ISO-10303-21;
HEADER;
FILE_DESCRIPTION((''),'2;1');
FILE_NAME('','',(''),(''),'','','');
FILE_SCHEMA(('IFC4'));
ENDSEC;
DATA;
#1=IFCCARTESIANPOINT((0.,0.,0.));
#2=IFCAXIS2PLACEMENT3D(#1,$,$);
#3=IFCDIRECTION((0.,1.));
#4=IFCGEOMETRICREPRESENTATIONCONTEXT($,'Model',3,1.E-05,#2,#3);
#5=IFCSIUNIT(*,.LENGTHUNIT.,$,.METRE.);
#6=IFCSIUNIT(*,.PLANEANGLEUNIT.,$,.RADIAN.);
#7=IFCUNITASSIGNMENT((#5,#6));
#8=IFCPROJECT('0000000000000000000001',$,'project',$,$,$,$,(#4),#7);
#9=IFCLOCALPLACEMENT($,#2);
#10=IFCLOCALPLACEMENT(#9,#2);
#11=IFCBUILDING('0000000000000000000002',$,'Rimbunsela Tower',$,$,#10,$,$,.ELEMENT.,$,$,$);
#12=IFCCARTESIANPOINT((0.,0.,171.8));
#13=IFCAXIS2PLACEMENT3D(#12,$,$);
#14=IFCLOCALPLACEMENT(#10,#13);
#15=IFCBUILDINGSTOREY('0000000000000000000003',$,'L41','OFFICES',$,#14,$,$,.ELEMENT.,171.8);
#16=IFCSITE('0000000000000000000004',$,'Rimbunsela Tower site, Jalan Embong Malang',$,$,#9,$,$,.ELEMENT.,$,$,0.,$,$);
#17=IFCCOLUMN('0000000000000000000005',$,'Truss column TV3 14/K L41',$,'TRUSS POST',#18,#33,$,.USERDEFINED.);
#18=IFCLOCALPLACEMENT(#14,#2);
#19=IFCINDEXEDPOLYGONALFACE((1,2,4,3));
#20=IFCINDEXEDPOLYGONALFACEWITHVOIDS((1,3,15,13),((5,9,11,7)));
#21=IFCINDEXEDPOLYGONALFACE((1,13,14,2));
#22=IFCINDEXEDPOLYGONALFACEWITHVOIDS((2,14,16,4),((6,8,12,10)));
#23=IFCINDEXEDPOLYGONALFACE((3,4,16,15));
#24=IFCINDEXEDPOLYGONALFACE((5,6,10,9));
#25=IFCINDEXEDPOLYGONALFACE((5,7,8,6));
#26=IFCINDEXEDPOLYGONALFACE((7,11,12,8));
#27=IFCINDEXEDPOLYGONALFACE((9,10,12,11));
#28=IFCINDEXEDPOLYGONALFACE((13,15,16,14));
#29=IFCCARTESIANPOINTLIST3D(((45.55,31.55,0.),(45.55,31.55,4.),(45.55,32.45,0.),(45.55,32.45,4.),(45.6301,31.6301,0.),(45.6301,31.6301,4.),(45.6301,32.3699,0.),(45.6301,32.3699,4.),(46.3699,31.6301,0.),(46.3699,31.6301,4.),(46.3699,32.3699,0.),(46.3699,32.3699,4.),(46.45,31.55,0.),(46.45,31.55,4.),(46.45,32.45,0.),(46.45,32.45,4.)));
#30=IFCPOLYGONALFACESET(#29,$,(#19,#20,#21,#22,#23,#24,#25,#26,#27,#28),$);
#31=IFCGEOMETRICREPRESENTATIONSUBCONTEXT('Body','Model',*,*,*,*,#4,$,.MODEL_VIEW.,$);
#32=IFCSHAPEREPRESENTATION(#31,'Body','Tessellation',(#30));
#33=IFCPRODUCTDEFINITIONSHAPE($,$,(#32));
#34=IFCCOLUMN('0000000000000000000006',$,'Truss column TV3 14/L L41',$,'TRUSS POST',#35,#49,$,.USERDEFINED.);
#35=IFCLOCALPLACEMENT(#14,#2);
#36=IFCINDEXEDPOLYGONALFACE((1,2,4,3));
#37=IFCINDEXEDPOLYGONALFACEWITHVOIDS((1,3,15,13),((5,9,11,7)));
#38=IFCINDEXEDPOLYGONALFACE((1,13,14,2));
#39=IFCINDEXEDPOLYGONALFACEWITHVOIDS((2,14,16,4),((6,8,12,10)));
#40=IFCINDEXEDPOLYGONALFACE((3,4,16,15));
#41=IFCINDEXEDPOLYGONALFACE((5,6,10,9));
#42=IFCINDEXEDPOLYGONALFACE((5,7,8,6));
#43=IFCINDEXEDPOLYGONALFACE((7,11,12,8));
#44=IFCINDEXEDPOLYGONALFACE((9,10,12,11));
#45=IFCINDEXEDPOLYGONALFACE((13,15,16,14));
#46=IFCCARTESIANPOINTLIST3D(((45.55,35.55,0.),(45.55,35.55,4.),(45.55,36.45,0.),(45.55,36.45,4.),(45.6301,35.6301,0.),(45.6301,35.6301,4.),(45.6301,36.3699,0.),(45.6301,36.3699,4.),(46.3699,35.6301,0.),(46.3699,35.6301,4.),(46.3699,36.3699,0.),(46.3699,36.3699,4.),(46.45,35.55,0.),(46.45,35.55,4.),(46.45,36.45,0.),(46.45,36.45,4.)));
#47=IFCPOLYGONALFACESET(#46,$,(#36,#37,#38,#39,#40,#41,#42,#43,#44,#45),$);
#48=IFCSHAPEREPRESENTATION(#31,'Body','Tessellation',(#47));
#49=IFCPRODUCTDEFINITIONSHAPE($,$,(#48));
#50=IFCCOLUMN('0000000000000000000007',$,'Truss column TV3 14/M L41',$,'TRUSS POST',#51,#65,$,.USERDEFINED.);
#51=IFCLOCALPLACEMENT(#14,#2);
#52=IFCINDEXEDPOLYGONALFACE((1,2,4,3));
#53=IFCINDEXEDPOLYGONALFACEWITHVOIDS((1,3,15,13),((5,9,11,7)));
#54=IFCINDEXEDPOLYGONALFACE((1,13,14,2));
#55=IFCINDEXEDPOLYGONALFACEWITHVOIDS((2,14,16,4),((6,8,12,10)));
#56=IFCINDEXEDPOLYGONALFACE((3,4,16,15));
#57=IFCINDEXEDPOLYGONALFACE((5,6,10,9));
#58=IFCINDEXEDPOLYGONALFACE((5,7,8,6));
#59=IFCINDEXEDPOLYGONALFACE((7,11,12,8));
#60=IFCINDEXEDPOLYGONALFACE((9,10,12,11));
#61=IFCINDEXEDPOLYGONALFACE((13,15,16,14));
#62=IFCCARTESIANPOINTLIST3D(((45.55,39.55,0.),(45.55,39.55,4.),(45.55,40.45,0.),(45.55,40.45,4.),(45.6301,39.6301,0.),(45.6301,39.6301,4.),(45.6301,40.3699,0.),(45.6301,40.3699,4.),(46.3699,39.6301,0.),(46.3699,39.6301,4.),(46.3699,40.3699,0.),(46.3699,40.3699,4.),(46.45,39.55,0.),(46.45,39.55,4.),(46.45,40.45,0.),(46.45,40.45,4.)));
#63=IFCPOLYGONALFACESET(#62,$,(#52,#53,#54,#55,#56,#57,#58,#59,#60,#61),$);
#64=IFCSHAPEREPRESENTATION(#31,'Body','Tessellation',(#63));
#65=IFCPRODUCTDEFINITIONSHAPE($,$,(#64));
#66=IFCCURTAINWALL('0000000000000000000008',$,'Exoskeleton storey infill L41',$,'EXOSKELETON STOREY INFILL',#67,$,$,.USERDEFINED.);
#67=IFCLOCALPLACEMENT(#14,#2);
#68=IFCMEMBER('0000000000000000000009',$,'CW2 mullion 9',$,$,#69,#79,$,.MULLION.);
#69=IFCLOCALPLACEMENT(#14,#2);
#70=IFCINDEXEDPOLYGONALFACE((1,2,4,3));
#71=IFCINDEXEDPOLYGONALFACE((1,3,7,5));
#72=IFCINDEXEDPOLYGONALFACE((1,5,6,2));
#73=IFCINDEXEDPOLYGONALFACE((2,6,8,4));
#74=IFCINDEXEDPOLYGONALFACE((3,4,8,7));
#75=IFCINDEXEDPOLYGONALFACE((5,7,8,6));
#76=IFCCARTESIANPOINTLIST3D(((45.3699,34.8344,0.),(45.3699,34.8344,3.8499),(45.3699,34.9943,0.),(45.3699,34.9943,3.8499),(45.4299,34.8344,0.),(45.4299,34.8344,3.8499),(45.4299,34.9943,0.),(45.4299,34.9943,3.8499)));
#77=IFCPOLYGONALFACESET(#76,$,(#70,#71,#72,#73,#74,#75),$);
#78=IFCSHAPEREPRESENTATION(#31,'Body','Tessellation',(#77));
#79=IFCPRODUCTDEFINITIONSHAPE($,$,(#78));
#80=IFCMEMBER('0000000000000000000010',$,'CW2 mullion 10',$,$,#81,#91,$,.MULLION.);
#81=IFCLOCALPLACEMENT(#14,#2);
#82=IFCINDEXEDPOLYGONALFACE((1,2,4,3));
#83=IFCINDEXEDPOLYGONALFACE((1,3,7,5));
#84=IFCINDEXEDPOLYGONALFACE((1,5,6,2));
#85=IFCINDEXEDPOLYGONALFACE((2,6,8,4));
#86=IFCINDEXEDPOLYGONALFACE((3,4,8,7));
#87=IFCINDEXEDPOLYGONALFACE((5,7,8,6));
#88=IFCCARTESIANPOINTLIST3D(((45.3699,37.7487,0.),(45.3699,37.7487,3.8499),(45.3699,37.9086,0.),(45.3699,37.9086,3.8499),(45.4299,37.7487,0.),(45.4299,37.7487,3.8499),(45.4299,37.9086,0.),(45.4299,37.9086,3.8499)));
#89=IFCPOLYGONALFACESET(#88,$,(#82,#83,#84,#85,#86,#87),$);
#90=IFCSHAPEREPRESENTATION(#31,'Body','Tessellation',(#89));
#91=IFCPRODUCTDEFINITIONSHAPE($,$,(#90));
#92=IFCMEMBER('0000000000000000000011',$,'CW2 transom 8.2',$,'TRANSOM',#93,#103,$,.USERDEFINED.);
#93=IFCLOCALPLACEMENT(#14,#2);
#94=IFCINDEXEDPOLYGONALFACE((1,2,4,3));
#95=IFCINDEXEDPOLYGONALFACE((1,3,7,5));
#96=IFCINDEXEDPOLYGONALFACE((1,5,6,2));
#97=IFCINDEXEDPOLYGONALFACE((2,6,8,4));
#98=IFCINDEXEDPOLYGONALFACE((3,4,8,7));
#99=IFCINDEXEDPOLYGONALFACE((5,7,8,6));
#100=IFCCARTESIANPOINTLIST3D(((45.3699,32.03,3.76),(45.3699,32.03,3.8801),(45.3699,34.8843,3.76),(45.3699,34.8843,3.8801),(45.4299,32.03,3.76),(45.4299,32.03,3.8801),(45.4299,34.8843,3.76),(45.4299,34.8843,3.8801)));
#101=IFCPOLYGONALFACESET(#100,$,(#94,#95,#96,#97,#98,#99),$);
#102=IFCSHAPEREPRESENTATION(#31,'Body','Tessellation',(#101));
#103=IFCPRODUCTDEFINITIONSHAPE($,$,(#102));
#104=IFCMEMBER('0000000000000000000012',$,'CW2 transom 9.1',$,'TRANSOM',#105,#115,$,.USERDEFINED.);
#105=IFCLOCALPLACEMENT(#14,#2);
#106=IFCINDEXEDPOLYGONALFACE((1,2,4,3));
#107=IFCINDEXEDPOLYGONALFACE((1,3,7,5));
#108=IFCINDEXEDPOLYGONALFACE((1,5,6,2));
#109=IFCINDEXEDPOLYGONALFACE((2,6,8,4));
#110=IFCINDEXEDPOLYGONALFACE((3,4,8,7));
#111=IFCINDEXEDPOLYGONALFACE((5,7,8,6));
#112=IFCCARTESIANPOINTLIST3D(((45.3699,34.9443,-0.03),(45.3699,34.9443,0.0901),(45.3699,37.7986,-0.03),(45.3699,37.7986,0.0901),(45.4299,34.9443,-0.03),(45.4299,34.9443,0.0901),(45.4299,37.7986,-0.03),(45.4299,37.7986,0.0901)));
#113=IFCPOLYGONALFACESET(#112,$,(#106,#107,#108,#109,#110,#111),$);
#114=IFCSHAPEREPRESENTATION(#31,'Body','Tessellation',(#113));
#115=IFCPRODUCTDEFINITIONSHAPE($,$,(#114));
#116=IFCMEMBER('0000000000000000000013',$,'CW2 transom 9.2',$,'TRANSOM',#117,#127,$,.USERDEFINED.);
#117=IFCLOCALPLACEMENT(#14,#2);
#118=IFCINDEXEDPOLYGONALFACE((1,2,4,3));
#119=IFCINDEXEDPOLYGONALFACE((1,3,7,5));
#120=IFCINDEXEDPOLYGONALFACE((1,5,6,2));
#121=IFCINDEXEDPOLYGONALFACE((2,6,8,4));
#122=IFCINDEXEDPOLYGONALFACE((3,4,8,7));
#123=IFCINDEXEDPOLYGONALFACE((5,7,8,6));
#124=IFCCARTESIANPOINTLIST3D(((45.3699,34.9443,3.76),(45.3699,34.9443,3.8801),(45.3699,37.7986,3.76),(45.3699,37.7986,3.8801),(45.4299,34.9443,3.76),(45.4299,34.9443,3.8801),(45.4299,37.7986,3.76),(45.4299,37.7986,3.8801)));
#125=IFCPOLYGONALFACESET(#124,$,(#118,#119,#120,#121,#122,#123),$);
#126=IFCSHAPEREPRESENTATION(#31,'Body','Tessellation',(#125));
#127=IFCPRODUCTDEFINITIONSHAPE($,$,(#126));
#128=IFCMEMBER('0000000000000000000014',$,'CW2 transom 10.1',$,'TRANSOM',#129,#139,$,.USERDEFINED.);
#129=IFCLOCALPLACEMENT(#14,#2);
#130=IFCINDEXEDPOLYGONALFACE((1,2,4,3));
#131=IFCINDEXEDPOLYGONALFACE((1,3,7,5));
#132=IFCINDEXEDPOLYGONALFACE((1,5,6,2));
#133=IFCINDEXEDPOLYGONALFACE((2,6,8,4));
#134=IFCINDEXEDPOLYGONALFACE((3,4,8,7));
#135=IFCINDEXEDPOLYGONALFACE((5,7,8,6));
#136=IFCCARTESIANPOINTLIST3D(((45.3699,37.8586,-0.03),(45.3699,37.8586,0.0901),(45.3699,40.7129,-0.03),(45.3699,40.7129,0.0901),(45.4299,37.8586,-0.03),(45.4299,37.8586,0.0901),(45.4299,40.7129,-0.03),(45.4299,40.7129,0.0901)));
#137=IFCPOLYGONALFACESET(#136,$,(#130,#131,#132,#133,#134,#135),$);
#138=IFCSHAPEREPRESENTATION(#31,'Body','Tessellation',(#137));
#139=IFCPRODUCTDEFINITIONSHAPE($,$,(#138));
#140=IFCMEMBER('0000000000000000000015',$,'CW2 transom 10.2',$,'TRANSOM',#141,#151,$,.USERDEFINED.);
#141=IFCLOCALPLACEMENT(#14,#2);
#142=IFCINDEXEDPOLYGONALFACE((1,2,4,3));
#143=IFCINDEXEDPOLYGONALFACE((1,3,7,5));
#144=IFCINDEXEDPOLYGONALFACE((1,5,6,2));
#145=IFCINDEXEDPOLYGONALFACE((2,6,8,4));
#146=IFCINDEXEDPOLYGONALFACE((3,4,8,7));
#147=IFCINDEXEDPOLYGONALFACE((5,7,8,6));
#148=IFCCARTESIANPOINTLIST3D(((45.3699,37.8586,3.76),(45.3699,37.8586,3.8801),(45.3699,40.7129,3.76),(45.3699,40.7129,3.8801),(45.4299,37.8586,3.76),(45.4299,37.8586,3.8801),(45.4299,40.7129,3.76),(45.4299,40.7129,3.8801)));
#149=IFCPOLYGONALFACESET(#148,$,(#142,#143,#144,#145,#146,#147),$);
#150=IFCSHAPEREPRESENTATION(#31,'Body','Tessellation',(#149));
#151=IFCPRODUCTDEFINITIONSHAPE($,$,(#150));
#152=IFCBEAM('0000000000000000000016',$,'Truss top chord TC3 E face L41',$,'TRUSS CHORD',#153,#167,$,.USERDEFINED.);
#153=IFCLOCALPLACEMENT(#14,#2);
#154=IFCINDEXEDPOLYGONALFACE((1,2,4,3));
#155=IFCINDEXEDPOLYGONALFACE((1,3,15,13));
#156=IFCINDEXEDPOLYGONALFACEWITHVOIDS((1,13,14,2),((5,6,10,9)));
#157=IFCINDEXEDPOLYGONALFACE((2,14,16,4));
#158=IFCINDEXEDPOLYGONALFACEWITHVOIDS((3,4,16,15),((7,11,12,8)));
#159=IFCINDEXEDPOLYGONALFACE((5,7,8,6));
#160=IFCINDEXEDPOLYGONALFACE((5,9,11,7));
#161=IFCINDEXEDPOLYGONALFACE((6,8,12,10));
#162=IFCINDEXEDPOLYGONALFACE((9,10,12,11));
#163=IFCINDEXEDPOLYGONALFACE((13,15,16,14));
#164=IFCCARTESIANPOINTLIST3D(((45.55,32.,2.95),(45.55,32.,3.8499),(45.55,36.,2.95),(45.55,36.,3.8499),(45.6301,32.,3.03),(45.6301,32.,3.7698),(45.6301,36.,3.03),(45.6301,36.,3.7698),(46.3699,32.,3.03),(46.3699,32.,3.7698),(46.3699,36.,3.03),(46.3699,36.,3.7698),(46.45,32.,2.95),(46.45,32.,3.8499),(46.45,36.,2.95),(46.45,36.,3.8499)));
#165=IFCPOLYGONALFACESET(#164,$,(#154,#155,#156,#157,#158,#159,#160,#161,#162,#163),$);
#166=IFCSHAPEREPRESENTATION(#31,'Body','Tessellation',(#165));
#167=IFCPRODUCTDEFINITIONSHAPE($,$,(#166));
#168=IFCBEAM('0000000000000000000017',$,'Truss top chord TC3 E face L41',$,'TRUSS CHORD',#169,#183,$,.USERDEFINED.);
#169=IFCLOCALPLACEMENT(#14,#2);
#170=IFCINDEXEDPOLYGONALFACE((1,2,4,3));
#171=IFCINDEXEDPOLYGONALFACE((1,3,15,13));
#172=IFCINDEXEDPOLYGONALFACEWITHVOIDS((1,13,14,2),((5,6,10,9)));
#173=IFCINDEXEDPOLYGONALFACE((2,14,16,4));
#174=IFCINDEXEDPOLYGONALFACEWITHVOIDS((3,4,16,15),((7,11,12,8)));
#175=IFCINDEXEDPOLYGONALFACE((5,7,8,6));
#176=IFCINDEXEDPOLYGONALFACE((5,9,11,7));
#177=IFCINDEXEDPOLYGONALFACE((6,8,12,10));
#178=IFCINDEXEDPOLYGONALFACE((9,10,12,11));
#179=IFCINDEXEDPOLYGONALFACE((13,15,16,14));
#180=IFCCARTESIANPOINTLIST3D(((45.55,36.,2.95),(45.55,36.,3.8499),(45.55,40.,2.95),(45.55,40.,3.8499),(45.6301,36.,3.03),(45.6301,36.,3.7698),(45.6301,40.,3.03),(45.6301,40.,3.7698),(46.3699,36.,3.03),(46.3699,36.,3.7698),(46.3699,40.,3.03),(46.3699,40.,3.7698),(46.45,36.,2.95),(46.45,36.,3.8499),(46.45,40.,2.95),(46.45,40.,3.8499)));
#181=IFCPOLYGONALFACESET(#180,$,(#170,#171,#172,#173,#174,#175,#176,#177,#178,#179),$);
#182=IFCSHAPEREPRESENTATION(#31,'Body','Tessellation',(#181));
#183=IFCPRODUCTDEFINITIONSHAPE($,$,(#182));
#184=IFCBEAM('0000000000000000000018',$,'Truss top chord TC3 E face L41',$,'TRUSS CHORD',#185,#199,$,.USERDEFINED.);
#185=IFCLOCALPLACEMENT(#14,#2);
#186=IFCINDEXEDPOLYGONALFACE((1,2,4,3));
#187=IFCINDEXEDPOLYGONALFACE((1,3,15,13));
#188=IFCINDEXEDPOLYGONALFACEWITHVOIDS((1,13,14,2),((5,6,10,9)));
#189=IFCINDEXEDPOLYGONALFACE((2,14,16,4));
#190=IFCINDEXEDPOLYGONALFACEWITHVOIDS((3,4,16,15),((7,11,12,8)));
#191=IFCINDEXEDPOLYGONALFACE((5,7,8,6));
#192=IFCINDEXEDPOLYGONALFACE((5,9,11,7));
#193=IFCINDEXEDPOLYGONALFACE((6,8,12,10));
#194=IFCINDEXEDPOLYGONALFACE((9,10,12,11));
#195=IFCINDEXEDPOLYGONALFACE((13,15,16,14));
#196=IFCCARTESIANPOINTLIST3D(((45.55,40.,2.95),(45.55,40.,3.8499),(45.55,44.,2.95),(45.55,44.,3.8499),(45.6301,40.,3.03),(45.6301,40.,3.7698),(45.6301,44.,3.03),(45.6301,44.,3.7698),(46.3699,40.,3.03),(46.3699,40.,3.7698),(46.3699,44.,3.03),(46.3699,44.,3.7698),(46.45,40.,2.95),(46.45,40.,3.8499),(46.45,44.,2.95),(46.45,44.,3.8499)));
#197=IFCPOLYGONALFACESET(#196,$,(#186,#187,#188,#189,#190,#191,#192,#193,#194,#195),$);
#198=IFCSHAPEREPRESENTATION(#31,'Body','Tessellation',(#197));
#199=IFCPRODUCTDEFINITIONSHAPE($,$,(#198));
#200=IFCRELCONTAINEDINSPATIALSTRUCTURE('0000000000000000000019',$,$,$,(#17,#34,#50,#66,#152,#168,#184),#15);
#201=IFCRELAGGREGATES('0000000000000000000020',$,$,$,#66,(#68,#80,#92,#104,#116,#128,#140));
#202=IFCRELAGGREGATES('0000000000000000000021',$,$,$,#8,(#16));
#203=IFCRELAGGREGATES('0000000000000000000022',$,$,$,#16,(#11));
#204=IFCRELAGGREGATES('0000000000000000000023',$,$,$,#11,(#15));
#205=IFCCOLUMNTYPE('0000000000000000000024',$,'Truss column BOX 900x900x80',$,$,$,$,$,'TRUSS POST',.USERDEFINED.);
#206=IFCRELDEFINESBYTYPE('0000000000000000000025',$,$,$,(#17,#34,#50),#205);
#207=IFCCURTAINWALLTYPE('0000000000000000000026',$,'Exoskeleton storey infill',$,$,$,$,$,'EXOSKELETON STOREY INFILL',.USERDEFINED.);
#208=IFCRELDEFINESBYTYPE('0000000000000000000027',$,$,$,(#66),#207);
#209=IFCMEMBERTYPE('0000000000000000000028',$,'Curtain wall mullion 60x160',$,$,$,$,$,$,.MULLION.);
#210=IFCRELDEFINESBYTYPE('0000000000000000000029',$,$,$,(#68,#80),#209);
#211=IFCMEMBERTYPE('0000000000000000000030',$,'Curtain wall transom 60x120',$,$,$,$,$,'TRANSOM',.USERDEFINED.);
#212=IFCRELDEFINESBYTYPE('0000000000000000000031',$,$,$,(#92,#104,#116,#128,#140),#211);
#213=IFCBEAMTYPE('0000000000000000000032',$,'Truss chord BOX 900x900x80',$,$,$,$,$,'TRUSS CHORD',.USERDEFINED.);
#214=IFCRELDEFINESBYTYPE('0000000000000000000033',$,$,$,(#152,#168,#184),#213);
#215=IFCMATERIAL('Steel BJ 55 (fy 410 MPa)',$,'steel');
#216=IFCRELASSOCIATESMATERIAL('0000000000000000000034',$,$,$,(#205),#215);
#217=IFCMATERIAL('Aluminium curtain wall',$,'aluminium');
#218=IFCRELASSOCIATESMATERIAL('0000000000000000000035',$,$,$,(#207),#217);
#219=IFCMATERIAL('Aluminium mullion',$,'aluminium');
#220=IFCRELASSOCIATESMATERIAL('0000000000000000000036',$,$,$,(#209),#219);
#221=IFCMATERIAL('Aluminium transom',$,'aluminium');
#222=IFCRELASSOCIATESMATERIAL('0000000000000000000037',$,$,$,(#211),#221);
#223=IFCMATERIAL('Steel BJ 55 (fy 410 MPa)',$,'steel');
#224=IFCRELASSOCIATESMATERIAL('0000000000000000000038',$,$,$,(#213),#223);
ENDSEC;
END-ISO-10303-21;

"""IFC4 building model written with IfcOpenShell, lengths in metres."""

from ifc_helpers import new_model, si_unit, direction, frame, origin, origin_2d, place, context, subcontext, project, spatial, rectangle, hollow_rectangle, extrude, material, material_profile, profile_set, type_object, element, aggregate, save


model = new_model("IFC4")

# Units and contexts
model_context = context("Model", 3, precision=1e-05, world=origin(), true_north=direction((0.0, 1.0)))
body_context = subcontext(model_context, "Body", "Model", "MODEL_VIEW")
ifc_project = project(units=[si_unit("LENGTHUNIT", "METRE"), si_unit("PLANEANGLEUNIT", "RADIAN")], contexts=[model_context])

# Site, building, storey
site_placement = place(None, origin())
site = spatial("IfcSite", under=ifc_project, at=site_placement, Name="Rimbunsela Tower site, Jalan Embong Malang", CompositionType="ELEMENT", RefElevation=0.0)
building_placement = place(site_placement, origin())
building = spatial("IfcBuilding", under=site, at=building_placement, Name="Rimbunsela Tower", CompositionType="ELEMENT")
storey_placement = place(building_placement, frame((0.0, 0.0, 171.8)))
storey = spatial("IfcBuildingStorey", under=building, at=storey_placement, Name="L41", Description="OFFICES", CompositionType="ELEMENT", Elevation=171.8)

# Columns
ifc_material_1 = material(Name="Steel BJ 55 (fy 410 MPa)", Category="steel")
ifc_material_profile_1 = material_profile(ifc_material_1, hollow_rectangle(XDim=0.8999, YDim=0.8999, WallThickness=0.0801, at=origin_2d()), Name="BOX 900x900x80")
ifc_profile_set_1 = profile_set([ifc_material_profile_1], Name="Steel BJ 55 (fy 410 MPa)")
column_type = type_object("IfcColumnType", Name="Truss column BOX 900x900x80", ElementType="TRUSS POST", PredefinedType="USERDEFINED", material=ifc_profile_set_1)
for number, where, z_axis, x_axis, name in (
    (1, (46.0, 32.0, 0.0), (0.0, 0.0, 1.0), (1.0, 0.0, 0.0), "Truss column TV3 14/K L41"),
    (2, (46.0, 36.0, 0.0), (0.0, 0.0, 1.0), (1.0, 0.0, 0.0), "Truss column TV3 14/L L41"),
    (3, (46.0, 40.0, 0.0), (0.0, 0.0, 1.0), (1.0, 0.0, 0.0), "Truss column TV3 14/M L41"),
):
    element("IfcColumn", number, at=place(storey_placement, frame(where, z_axis=z_axis, x_axis=x_axis)), inside=storey, type_object=column_type, Name=name, ObjectType="TRUSS POST", PredefinedType="USERDEFINED", context=body_context, shape_type="SweptSolid", body=[
        extrude(hollow_rectangle(XDim=0.8999, YDim=0.8999, WallThickness=0.0801, at=origin_2d()), origin(), (0.0, 0.0, 1.0), 4.0),
    ])

# Curtain wall, members
ifc_material_2 = material(Name="Aluminium curtain wall", Category="aluminium")
curtain_wall_type = type_object("IfcCurtainWallType", Name="Exoskeleton storey infill", ElementType="EXOSKELETON STOREY INFILL", PredefinedType="USERDEFINED", material=ifc_material_2)
curtain_wall_placement = place(storey_placement, origin())
curtain_wall = element("IfcCurtainWall", 4, at=curtain_wall_placement, inside=storey, type_object=curtain_wall_type, Name="Exoskeleton storey infill L41", ObjectType="EXOSKELETON STOREY INFILL", PredefinedType="USERDEFINED")
ifc_material_3 = material(Name="Aluminium mullion", Category="aluminium")
ifc_material_profile_2 = material_profile(ifc_material_3, rectangle(XDim=0.0601, YDim=0.1599, at=origin_2d()), Name="Mullion 60x160")
ifc_profile_set_2 = profile_set([ifc_material_profile_2], Name="Aluminium mullion")
member_type_1 = type_object("IfcMemberType", Name="Curtain wall mullion 60x160", PredefinedType="MULLION", material=ifc_profile_set_2)
member_1_placement = place(storey_placement, frame((45.3999, 34.9143, 0.0), z_axis=(0.0, 0.0, 1.0), x_axis=(-1.0, 0.0, 0.0)))
member_1 = element("IfcMember", 5, at=member_1_placement, type_object=member_type_1, Name="CW2 mullion 9", PredefinedType="MULLION", context=body_context, shape_type="SweptSolid", body=[
    extrude(rectangle(XDim=0.0601, YDim=0.1599, at=origin_2d()), origin(), (0.0, 0.0, 1.0), 3.8499),
])
member_2_placement = place(storey_placement, frame((45.3999, 37.8286, 0.0), z_axis=(0.0, 0.0, 1.0), x_axis=(-1.0, 0.0, 0.0)))
member_2 = element("IfcMember", 6, at=member_2_placement, type_object=member_type_1, Name="CW2 mullion 10", PredefinedType="MULLION", context=body_context, shape_type="SweptSolid", body=[
    extrude(rectangle(XDim=0.0601, YDim=0.1599, at=origin_2d()), origin(), (0.0, 0.0, 1.0), 3.8499),
])
ifc_material_4 = material(Name="Aluminium transom", Category="aluminium")
ifc_material_profile_3 = material_profile(ifc_material_4, rectangle(XDim=0.0601, YDim=0.1201, at=origin_2d()), Name="Transom 60x120")
ifc_profile_set_3 = profile_set([ifc_material_profile_3], Name="Aluminium transom")
member_type_2 = type_object("IfcMemberType", Name="Curtain wall transom 60x120", ElementType="TRANSOM", PredefinedType="USERDEFINED", material=ifc_profile_set_3)
member_3_placement = place(storey_placement, frame((45.3999, 32.03, 3.8201), z_axis=(0.0, 1.0, 0.0), x_axis=(-1.0, 0.0, 0.0)))
member_3 = element("IfcMember", 7, at=member_3_placement, type_object=member_type_2, Name="CW2 transom 8.2", ObjectType="TRANSOM", PredefinedType="USERDEFINED", context=body_context, shape_type="SweptSolid", body=[
    extrude(rectangle(XDim=0.0601, YDim=0.1201, at=origin_2d()), origin(), (0.0, 0.0, 1.0), 2.8542),
])
member_4_placement = place(storey_placement, frame((45.3999, 34.9443, 0.03), z_axis=(0.0, 1.0, 0.0), x_axis=(-1.0, 0.0, 0.0)))
member_4 = element("IfcMember", 8, at=member_4_placement, type_object=member_type_2, Name="CW2 transom 9.1", ObjectType="TRANSOM", PredefinedType="USERDEFINED", context=body_context, shape_type="SweptSolid", body=[
    extrude(rectangle(XDim=0.0601, YDim=0.1201, at=origin_2d()), origin(), (0.0, 0.0, 1.0), 2.8542),
])
member_5_placement = place(storey_placement, frame((45.3999, 34.9443, 3.8201), z_axis=(0.0, 1.0, 0.0), x_axis=(-1.0, 0.0, 0.0)))
member_5 = element("IfcMember", 9, at=member_5_placement, type_object=member_type_2, Name="CW2 transom 9.2", ObjectType="TRANSOM", PredefinedType="USERDEFINED", context=body_context, shape_type="SweptSolid", body=[
    extrude(rectangle(XDim=0.0601, YDim=0.1201, at=origin_2d()), origin(), (0.0, 0.0, 1.0), 2.8542),
])
member_6_placement = place(storey_placement, frame((45.3999, 37.8586, 0.03), z_axis=(0.0, 1.0, 0.0), x_axis=(-1.0, 0.0, 0.0)))
member_6 = element("IfcMember", 10, at=member_6_placement, type_object=member_type_2, Name="CW2 transom 10.1", ObjectType="TRANSOM", PredefinedType="USERDEFINED", context=body_context, shape_type="SweptSolid", body=[
    extrude(rectangle(XDim=0.0601, YDim=0.1201, at=origin_2d()), origin(), (0.0, 0.0, 1.0), 2.8542),
])
member_7_placement = place(storey_placement, frame((45.3999, 37.8586, 3.8201), z_axis=(0.0, 1.0, 0.0), x_axis=(-1.0, 0.0, 0.0)))
member_7 = element("IfcMember", 11, at=member_7_placement, type_object=member_type_2, Name="CW2 transom 10.2", ObjectType="TRANSOM", PredefinedType="USERDEFINED", context=body_context, shape_type="SweptSolid", body=[
    extrude(rectangle(XDim=0.0601, YDim=0.1201, at=origin_2d()), origin(), (0.0, 0.0, 1.0), 2.8542),
])

# Beams
ifc_material_5 = material(Name="Steel BJ 55 (fy 410 MPa)", Category="steel")
ifc_material_profile_4 = material_profile(ifc_material_5, hollow_rectangle(XDim=0.8999, YDim=0.8999, WallThickness=0.0801, at=origin_2d()), Name="BOX 900x900x80")
ifc_profile_set_4 = profile_set([ifc_material_profile_4], Name="Steel BJ 55 (fy 410 MPa)")
beam_type = type_object("IfcBeamType", Name="Truss chord BOX 900x900x80", ElementType="TRUSS CHORD", PredefinedType="USERDEFINED", material=ifc_profile_set_4)
for number, where, z_axis, x_axis, name in (
    (12, (46.0, 32.0, 3.3999), (0.0, 1.0, 0.0), (-1.0, 0.0, 0.0), "Truss top chord TC3 E face L41"),
    (13, (46.0, 36.0, 3.3999), (0.0, 1.0, 0.0), (-1.0, 0.0, 0.0), "Truss top chord TC3 E face L41"),
    (14, (46.0, 40.0, 3.3999), (0.0, 1.0, 0.0), (-1.0, 0.0, 0.0), "Truss top chord TC3 E face L41"),
):
    element("IfcBeam", number, at=place(storey_placement, frame(where, z_axis=z_axis, x_axis=x_axis)), inside=storey, type_object=beam_type, Name=name, ObjectType="TRUSS CHORD", PredefinedType="USERDEFINED", context=body_context, shape_type="SweptSolid", body=[
        extrude(hollow_rectangle(XDim=0.8999, YDim=0.8999, WallThickness=0.0801, at=origin_2d()), origin(), (0.0, 0.0, 1.0), 4.0),
    ])

aggregate(curtain_wall, [member_1, member_2, member_3, member_4, member_5, member_6, member_7])

save(model, "model.ifc")
